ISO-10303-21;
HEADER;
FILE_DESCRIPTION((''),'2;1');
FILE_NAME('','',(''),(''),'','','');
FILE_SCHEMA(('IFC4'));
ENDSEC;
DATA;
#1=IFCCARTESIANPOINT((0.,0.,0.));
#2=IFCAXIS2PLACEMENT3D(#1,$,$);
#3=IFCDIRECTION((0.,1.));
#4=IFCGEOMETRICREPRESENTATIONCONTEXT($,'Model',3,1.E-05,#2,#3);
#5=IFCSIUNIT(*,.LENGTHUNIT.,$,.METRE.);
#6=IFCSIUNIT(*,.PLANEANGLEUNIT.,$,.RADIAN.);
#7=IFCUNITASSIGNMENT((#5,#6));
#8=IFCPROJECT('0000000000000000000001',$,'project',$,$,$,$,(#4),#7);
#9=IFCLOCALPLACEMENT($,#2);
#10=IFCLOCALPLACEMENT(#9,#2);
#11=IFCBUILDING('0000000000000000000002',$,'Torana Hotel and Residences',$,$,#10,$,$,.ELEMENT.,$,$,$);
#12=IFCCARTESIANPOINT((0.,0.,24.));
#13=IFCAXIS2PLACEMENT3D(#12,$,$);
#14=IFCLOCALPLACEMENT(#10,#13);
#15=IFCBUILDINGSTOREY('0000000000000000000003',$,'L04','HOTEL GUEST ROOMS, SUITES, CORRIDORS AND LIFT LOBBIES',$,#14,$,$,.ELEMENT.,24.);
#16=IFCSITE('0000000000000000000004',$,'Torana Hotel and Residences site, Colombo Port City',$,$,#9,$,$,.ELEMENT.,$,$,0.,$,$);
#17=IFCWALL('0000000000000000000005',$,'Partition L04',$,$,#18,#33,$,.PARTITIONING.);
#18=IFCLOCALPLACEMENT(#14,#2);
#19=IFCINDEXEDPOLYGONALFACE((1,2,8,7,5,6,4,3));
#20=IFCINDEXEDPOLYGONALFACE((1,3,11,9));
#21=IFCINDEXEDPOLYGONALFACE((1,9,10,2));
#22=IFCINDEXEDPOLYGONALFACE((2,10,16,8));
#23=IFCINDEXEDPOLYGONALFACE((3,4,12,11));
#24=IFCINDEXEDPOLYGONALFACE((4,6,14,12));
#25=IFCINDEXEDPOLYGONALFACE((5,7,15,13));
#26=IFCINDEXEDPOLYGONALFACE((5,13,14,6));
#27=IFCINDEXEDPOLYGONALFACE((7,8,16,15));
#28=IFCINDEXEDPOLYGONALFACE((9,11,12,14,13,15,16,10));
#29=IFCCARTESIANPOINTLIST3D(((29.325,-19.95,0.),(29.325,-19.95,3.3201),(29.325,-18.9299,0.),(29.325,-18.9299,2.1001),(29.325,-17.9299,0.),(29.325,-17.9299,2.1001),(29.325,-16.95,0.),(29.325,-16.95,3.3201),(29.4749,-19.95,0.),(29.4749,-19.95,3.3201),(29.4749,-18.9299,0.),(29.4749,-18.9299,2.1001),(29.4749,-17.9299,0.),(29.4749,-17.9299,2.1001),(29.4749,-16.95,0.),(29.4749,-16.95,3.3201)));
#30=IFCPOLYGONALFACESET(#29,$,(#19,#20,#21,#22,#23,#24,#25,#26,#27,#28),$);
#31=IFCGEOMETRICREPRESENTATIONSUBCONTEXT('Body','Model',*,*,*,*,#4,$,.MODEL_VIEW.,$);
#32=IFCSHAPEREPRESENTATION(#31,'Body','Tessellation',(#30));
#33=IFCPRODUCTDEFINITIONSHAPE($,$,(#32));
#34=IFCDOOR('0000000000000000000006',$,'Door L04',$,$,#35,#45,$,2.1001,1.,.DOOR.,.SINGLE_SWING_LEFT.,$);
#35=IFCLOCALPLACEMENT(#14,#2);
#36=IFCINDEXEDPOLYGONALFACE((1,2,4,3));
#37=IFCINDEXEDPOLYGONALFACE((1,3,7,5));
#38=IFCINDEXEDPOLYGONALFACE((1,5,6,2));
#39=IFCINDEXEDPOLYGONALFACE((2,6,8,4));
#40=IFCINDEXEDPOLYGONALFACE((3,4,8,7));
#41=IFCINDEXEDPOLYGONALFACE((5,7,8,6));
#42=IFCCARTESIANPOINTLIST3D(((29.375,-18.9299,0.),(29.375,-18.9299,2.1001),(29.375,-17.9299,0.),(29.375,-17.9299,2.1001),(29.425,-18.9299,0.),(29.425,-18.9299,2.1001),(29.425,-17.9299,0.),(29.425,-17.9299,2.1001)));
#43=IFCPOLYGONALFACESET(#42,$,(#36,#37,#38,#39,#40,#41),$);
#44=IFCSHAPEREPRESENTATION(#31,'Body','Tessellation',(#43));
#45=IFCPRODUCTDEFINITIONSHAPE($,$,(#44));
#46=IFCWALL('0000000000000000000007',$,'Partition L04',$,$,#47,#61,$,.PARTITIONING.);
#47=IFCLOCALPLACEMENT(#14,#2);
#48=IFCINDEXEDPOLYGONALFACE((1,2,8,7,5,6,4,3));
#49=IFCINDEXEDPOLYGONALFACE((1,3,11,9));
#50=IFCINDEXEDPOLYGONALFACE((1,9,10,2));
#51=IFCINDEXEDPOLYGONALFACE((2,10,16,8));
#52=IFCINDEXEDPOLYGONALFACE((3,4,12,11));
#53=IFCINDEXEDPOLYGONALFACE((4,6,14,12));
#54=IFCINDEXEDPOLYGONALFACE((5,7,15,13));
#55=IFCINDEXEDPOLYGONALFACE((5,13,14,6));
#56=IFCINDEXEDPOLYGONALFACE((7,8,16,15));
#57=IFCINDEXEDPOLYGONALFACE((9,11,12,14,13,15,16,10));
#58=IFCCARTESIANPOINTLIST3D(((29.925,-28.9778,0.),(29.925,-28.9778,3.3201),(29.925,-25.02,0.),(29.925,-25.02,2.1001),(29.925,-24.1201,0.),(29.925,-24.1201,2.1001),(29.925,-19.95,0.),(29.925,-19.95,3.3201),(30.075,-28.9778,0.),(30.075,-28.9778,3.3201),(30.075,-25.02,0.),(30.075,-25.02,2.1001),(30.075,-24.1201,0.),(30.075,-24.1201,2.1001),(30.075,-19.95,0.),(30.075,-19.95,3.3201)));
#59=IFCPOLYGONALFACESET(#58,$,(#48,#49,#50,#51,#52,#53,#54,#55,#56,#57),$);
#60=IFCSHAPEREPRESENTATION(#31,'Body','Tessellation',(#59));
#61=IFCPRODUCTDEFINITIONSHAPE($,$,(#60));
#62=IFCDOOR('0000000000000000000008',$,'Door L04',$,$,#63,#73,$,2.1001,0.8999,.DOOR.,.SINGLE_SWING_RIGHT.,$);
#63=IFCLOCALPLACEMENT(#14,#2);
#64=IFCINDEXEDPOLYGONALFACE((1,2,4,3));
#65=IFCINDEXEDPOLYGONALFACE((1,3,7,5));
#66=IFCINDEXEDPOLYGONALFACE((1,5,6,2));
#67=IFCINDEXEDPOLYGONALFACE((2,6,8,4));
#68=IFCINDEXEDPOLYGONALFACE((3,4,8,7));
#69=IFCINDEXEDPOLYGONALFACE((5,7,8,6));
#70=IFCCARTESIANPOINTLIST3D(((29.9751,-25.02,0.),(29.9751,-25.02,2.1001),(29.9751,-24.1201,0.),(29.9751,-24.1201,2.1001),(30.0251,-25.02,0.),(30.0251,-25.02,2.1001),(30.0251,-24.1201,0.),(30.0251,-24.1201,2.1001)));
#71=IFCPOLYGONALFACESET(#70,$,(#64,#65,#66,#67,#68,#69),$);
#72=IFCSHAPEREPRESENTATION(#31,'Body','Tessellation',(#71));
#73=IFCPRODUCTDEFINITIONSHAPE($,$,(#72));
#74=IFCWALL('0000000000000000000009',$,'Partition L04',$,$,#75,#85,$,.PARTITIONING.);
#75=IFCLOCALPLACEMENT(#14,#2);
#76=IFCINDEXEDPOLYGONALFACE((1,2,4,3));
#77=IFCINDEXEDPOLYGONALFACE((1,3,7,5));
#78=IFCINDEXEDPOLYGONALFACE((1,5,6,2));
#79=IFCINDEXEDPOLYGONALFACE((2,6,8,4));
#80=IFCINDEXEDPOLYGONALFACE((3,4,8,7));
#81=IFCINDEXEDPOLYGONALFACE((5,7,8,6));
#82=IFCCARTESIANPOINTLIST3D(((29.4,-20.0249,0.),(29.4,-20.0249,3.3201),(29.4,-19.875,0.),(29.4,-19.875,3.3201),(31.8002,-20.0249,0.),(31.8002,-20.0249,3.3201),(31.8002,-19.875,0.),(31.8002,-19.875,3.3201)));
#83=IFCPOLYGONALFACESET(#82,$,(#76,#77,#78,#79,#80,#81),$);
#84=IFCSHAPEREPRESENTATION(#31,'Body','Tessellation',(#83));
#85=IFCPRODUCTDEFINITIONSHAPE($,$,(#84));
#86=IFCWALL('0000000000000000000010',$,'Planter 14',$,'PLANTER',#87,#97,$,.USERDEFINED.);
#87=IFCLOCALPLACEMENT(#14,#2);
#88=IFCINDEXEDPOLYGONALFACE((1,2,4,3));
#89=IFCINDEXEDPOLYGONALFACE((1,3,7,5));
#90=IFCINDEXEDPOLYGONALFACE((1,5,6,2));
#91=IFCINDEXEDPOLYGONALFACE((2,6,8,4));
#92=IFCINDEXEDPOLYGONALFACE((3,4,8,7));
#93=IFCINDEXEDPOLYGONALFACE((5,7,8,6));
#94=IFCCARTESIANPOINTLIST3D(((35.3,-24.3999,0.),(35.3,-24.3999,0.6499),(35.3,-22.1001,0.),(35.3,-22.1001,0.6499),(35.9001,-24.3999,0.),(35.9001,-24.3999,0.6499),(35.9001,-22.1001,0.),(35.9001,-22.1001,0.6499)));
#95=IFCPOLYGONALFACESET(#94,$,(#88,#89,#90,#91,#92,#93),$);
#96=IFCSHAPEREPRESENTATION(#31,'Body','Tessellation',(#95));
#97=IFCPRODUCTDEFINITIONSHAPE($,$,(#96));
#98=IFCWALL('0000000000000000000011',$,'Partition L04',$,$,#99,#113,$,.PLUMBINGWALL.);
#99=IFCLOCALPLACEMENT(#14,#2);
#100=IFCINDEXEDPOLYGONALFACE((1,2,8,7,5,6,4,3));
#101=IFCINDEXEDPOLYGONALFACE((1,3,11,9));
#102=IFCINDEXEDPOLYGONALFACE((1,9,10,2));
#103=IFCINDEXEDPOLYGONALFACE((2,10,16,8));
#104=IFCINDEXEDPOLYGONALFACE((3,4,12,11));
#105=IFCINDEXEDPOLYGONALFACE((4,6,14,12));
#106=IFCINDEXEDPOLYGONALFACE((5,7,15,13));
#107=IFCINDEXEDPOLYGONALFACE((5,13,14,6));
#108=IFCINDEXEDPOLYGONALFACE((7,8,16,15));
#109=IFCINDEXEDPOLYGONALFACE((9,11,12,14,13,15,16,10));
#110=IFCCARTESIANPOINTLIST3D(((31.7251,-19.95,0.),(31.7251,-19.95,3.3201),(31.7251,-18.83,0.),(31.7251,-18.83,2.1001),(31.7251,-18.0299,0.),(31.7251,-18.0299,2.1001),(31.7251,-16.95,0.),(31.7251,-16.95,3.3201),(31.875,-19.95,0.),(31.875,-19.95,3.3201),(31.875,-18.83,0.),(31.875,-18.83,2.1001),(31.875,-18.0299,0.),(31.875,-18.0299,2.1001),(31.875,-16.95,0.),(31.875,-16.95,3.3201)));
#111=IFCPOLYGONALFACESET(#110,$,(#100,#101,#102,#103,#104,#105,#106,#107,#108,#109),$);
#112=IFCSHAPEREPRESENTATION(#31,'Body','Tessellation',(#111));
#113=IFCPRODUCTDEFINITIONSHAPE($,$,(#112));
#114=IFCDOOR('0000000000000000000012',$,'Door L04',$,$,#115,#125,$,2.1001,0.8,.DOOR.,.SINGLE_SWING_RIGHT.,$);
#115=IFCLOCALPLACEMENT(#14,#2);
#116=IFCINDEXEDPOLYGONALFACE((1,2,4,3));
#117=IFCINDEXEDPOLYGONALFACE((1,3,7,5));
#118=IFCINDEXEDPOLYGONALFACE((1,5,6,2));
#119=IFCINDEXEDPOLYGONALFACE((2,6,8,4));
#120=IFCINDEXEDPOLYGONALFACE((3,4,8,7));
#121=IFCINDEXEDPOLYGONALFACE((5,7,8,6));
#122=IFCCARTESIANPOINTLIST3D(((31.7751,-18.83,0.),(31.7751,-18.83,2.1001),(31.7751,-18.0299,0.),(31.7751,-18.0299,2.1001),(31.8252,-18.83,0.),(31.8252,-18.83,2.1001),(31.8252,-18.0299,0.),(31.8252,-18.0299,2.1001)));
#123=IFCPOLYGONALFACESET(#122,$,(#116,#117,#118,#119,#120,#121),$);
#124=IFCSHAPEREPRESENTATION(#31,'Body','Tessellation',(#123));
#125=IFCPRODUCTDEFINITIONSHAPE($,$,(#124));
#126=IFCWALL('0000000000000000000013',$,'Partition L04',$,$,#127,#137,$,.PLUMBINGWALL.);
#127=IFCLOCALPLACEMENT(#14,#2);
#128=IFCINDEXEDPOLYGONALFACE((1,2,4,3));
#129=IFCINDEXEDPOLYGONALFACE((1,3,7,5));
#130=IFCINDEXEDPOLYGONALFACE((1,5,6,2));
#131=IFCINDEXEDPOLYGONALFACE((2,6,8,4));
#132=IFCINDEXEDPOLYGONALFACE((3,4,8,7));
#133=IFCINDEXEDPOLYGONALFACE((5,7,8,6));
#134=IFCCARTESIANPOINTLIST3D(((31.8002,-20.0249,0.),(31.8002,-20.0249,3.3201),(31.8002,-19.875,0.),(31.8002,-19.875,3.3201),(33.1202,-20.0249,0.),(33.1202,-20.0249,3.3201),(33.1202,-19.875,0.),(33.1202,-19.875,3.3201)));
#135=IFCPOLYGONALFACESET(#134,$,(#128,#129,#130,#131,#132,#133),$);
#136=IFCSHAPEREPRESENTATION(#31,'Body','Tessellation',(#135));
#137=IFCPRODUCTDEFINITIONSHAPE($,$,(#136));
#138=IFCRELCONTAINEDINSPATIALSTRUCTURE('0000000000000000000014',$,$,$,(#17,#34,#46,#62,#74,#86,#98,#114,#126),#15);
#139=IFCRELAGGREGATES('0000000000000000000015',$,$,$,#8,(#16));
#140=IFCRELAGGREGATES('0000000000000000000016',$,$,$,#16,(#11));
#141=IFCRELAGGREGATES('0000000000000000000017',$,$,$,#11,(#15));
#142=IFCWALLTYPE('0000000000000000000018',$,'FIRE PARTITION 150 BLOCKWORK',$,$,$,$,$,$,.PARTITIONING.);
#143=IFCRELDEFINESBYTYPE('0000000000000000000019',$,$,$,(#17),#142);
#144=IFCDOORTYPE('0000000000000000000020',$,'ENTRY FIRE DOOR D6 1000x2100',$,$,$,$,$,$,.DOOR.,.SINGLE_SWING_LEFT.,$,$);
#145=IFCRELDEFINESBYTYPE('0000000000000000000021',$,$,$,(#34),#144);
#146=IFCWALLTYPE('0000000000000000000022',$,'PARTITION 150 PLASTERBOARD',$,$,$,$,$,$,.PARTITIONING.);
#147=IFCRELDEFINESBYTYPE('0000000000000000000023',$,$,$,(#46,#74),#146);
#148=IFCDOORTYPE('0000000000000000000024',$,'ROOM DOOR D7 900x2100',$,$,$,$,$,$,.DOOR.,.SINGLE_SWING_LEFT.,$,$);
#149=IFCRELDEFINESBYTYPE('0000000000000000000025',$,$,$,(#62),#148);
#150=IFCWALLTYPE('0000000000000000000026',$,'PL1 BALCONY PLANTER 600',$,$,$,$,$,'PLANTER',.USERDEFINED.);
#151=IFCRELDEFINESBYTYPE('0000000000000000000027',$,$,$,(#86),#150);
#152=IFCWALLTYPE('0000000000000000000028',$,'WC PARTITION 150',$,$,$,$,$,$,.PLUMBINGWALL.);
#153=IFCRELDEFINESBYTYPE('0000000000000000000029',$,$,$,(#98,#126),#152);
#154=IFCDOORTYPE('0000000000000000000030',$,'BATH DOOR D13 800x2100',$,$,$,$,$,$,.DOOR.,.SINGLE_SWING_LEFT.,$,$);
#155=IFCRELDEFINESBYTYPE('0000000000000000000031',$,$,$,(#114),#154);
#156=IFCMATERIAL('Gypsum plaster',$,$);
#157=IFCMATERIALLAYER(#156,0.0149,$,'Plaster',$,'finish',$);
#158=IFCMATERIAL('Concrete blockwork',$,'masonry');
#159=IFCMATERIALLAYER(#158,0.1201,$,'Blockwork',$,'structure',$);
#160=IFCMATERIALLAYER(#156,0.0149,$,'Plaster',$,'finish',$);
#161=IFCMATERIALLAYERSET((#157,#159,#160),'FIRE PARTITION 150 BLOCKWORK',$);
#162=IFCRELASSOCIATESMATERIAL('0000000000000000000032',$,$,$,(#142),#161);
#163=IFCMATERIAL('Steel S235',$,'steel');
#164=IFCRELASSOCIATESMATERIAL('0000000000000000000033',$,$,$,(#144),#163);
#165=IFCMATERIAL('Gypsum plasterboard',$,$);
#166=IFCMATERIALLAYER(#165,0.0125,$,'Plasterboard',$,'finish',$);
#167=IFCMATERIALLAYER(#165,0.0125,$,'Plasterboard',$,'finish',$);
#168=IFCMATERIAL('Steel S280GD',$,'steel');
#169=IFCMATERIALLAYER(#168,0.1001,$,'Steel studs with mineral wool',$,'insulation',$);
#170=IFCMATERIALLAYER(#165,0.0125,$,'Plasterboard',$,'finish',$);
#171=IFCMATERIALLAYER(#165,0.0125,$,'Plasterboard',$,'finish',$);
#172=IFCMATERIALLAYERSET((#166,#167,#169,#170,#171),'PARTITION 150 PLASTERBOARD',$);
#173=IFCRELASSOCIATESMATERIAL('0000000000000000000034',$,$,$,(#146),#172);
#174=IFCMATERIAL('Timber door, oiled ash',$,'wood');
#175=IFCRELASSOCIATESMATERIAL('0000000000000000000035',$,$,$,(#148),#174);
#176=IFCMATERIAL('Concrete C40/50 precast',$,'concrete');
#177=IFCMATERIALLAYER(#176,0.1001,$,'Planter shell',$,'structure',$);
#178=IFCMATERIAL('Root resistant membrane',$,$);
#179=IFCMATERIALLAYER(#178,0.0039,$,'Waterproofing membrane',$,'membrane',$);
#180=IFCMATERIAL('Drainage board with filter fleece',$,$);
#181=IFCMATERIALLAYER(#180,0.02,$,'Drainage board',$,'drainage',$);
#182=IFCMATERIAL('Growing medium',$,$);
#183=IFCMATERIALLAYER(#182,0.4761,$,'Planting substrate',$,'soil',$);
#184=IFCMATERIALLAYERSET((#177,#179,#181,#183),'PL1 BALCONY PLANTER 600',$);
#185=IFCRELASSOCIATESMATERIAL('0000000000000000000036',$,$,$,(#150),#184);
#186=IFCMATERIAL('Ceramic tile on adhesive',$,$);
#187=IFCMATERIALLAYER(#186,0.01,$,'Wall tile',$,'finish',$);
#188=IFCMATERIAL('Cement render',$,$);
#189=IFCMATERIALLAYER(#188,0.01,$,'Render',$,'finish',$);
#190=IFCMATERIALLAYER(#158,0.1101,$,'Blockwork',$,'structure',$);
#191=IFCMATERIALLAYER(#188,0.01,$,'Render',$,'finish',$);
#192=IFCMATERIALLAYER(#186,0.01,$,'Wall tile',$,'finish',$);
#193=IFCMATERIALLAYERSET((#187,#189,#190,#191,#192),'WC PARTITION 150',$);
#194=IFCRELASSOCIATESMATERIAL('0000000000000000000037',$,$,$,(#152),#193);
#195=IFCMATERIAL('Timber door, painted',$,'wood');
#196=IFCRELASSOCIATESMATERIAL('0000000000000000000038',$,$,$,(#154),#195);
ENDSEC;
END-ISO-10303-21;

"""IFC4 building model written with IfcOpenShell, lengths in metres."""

from ifc_helpers import new_model, si_unit, direction, frame, frame_2d, origin, place, context, subcontext, project, spatial, rectangle, extrude, material, layer, layer_set, type_object, element, fill, save


model = new_model("IFC4")

# Units and contexts
model_context = context("Model", 3, precision=1e-05, world=origin(), true_north=direction((0.0, 1.0)))
body_context = subcontext(model_context, "Body", "Model", "MODEL_VIEW")
ifc_project = project(units=[si_unit("LENGTHUNIT", "METRE"), si_unit("PLANEANGLEUNIT", "RADIAN")], contexts=[model_context])

# Site, building, storey
site_placement = place(None, origin())
site = spatial("IfcSite", under=ifc_project, at=site_placement, Name="Torana Hotel and Residences site, Colombo Port City", CompositionType="ELEMENT", RefElevation=0.0)
building_placement = place(site_placement, origin())
building = spatial("IfcBuilding", under=site, at=building_placement, Name="Torana Hotel and Residences", CompositionType="ELEMENT")
storey_placement = place(building_placement, frame((0.0, 0.0, 24.0)))
storey = spatial("IfcBuildingStorey", under=building, at=storey_placement, Name="L04", Description="HOTEL GUEST ROOMS, SUITES, CORRIDORS AND LIFT LOBBIES", CompositionType="ELEMENT", Elevation=24.0)

# Shared definitions
ifc_material_1 = material(Name="Steel S280GD", Category="steel")

# Walls, openings, doors
ifc_material_2 = material(Name="Gypsum plaster")
ifc_layer_1 = layer(ifc_material_2, 0.0149, Name="Plaster", Category="finish")
ifc_material_3 = material(Name="Concrete blockwork", Category="masonry")
ifc_layer_2 = layer(ifc_material_3, 0.1201, Name="Blockwork", Category="structure")
ifc_layer_3 = layer(ifc_material_2, 0.0149, Name="Plaster", Category="finish")
ifc_layer_set_1 = layer_set([ifc_layer_1, ifc_layer_2, ifc_layer_3], Name="FIRE PARTITION 150 BLOCKWORK")
wall_type_1 = type_object("IfcWallType", Name="FIRE PARTITION 150 BLOCKWORK", PredefinedType="PARTITIONING", material=ifc_layer_set_1)
wall_1_placement = place(storey_placement, frame((29.3999, -19.95, 0.0), z_axis=(0.0, 0.0, 1.0), x_axis=(0.0, 1.0, 0.0)))
wall_1 = element("IfcWall", 1, at=wall_1_placement, inside=storey, type_object=wall_type_1, Name="Partition L04", PredefinedType="PARTITIONING", context=body_context, shape_type="SweptSolid", body=[
    extrude(rectangle(XDim=3.0, YDim=0.1499, at=frame_2d((1.5, 0.0))), origin(), (0.0, 0.0, 1.0), 3.3201),
])
opening_1_placement = place(wall_1_placement, frame((1.02, 0.0, 0.0)))
opening_1 = element("IfcOpeningElement", 2, at=opening_1_placement, cuts=wall_1, PredefinedType="OPENING", context=body_context, shape_type="SweptSolid", body=[
    extrude(rectangle(XDim=1.0, YDim=2.1001, at=frame_2d((0.5, 1.05))), frame((0.0, 0.085, 0.0), z_axis=(0.0, -1.0, 0.0), x_axis=(1.0, 0.0, 0.0)), (0.0, 0.0, 1.0), 0.1699),
])
ifc_material_4 = material(Name="Steel S235", Category="steel")
door_type_1 = type_object("IfcDoorType", Name="ENTRY FIRE DOOR D6 1000x2100", OperationType="SINGLE_SWING_LEFT", PredefinedType="DOOR", material=ifc_material_4)
door_1_placement = place(opening_1_placement, frame((0.5, 0.0, 0.0), z_axis=(0.0, 0.0, 1.0), x_axis=(-1.0, 0.0, 0.0)))
door_1 = element("IfcDoor", 3, at=door_1_placement, inside=storey, type_object=door_type_1, Name="Door L04", OperationType="SINGLE_SWING_LEFT", OverallHeight=2.1001, OverallWidth=1.0, PredefinedType="DOOR", context=body_context, shape_type="SweptSolid", body=[
    extrude(rectangle(XDim=1.0, YDim=2.1001, at=frame_2d((0.0, 1.05))), frame((0.0, -0.0249, 0.0), z_axis=(0.0, 1.0, 0.0), x_axis=(-1.0, 0.0, 0.0)), (0.0, 0.0, 1.0), 0.05),
])
fill(opening_1, door_1)
ifc_material_5 = material(Name="Gypsum plasterboard")
ifc_layer_4 = layer(ifc_material_5, 0.0125, Name="Plasterboard", Category="finish")
ifc_layer_5 = layer(ifc_material_5, 0.0125, Name="Plasterboard", Category="finish")
ifc_layer_6 = layer(ifc_material_1, 0.1001, Name="Steel studs with mineral wool", Category="insulation")
ifc_layer_7 = layer(ifc_material_5, 0.0125, Name="Plasterboard", Category="finish")
ifc_layer_8 = layer(ifc_material_5, 0.0125, Name="Plasterboard", Category="finish")
ifc_layer_set_2 = layer_set([ifc_layer_4, ifc_layer_5, ifc_layer_6, ifc_layer_7, ifc_layer_8], Name="PARTITION 150 PLASTERBOARD")
wall_type_2 = type_object("IfcWallType", Name="PARTITION 150 PLASTERBOARD", PredefinedType="PARTITIONING", material=ifc_layer_set_2)
wall_2_placement = place(storey_placement, frame((30.0, -28.9778, 0.0), z_axis=(0.0, 0.0, 1.0), x_axis=(0.0, 1.0, 0.0)))
wall_2 = element("IfcWall", 4, at=wall_2_placement, inside=storey, type_object=wall_type_2, Name="Partition L04", PredefinedType="PARTITIONING", context=body_context, shape_type="SweptSolid", body=[
    extrude(rectangle(XDim=9.0278, YDim=0.1499, at=frame_2d((4.5139, 0.0))), origin(), (0.0, 0.0, 1.0), 3.3201),
])
opening_2_placement = place(wall_2_placement, frame((3.9578, 0.0, 0.0)))
opening_2 = element("IfcOpeningElement", 5, at=opening_2_placement, cuts=wall_2, PredefinedType="OPENING", context=body_context, shape_type="SweptSolid", body=[
    extrude(rectangle(XDim=0.8999, YDim=2.1001, at=frame_2d((0.45, 1.05))), frame((0.0, 0.085, 0.0), z_axis=(0.0, -1.0, 0.0), x_axis=(1.0, 0.0, 0.0)), (0.0, 0.0, 1.0), 0.1699),
])
ifc_material_6 = material(Name="Timber door, oiled ash", Category="wood")
door_type_2 = type_object("IfcDoorType", Name="ROOM DOOR D7 900x2100", OperationType="SINGLE_SWING_LEFT", PredefinedType="DOOR", material=ifc_material_6)
door_2_placement = place(opening_2_placement, origin())
door_2 = element("IfcDoor", 6, at=door_2_placement, inside=storey, type_object=door_type_2, Name="Door L04", OperationType="SINGLE_SWING_RIGHT", OverallHeight=2.1001, OverallWidth=0.8999, PredefinedType="DOOR", context=body_context, shape_type="SweptSolid", body=[
    extrude(rectangle(XDim=0.8999, YDim=2.1001, at=frame_2d((0.45, 1.05))), frame((0.0, 0.0249, 0.0), z_axis=(0.0, -1.0, 0.0), x_axis=(1.0, 0.0, 0.0)), (0.0, 0.0, 1.0), 0.05),
])
fill(opening_2, door_2)

# Walls
wall_3_placement = place(storey_placement, frame((29.3999, -19.95, 0.0), z_axis=(0.0, 0.0, 1.0), x_axis=(1.0, 0.0, 0.0)))
element("IfcWall", 7, at=wall_3_placement, inside=storey, type_object=wall_type_2, Name="Partition L04", PredefinedType="PARTITIONING", context=body_context, shape_type="SweptSolid", body=[
    extrude(rectangle(XDim=2.4001, YDim=0.1499, at=frame_2d((1.2002, 0.0))), origin(), (0.0, 0.0, 1.0), 3.3201),
])
ifc_material_7 = material(Name="Concrete C40/50 precast", Category="concrete")
ifc_layer_9 = layer(ifc_material_7, 0.1001, Name="Planter shell", Category="structure")
ifc_material_8 = material(Name="Root resistant membrane")
ifc_layer_10 = layer(ifc_material_8, 0.0039, Name="Waterproofing membrane", Category="membrane")
ifc_material_9 = material(Name="Drainage board with filter fleece")
ifc_layer_11 = layer(ifc_material_9, 0.02, Name="Drainage board", Category="drainage")
ifc_material_10 = material(Name="Growing medium")
ifc_layer_12 = layer(ifc_material_10, 0.4761, Name="Planting substrate", Category="soil")
ifc_layer_set_3 = layer_set([ifc_layer_9, ifc_layer_10, ifc_layer_11, ifc_layer_12], Name="PL1 BALCONY PLANTER 600")
wall_type_3 = type_object("IfcWallType", Name="PL1 BALCONY PLANTER 600", ElementType="PLANTER", PredefinedType="USERDEFINED", material=ifc_layer_set_3)
wall_4_placement = place(storey_placement, frame((35.6001, -22.1001, 0.0), z_axis=(0.0, 0.0, 1.0), x_axis=(0.0, -1.0, 0.0)))
element("IfcWall", 8, at=wall_4_placement, inside=storey, type_object=wall_type_3, Name="Planter 14", ObjectType="PLANTER", PredefinedType="USERDEFINED", context=body_context, shape_type="SweptSolid", body=[
    extrude(rectangle(XDim=2.2998, YDim=0.6001, at=frame_2d((1.1499, 0.0))), origin(), (0.0, 0.0, 1.0), 0.6499),
])

# Wall, opening, door
ifc_material_11 = material(Name="Ceramic tile on adhesive")
ifc_layer_13 = layer(ifc_material_11, 0.01, Name="Wall tile", Category="finish")
ifc_material_12 = material(Name="Cement render")
ifc_layer_14 = layer(ifc_material_12, 0.01, Name="Render", Category="finish")
ifc_layer_15 = layer(ifc_material_3, 0.1101, Name="Blockwork", Category="structure")
ifc_layer_16 = layer(ifc_material_12, 0.01, Name="Render", Category="finish")
ifc_layer_17 = layer(ifc_material_11, 0.01, Name="Wall tile", Category="finish")
ifc_layer_set_4 = layer_set([ifc_layer_13, ifc_layer_14, ifc_layer_15, ifc_layer_16, ifc_layer_17], Name="WC PARTITION 150")
wall_type_4 = type_object("IfcWallType", Name="WC PARTITION 150", PredefinedType="PLUMBINGWALL", material=ifc_layer_set_4)
wall_5_placement = place(storey_placement, frame((31.8, -19.95, 0.0), z_axis=(0.0, 0.0, 1.0), x_axis=(0.0, 1.0, 0.0)))
wall_5 = element("IfcWall", 9, at=wall_5_placement, inside=storey, type_object=wall_type_4, Name="Partition L04", PredefinedType="PLUMBINGWALL", context=body_context, shape_type="SweptSolid", body=[
    extrude(rectangle(XDim=3.0, YDim=0.1499, at=frame_2d((1.5, 0.0))), origin(), (0.0, 0.0, 1.0), 3.3201),
])
opening_3_placement = place(wall_5_placement, frame((1.1201, 0.0, 0.0)))
opening_3 = element("IfcOpeningElement", 10, at=opening_3_placement, cuts=wall_5, PredefinedType="OPENING", context=body_context, shape_type="SweptSolid", body=[
    extrude(rectangle(XDim=0.8, YDim=2.1001, at=frame_2d((0.3999, 1.05))), frame((0.0, 0.085, 0.0), z_axis=(0.0, -1.0, 0.0), x_axis=(1.0, 0.0, 0.0)), (0.0, 0.0, 1.0), 0.1699),
])
ifc_material_13 = material(Name="Timber door, painted", Category="wood")
door_type_3 = type_object("IfcDoorType", Name="BATH DOOR D13 800x2100", OperationType="SINGLE_SWING_LEFT", PredefinedType="DOOR", material=ifc_material_13)
door_3_placement = place(opening_3_placement, origin())
door_3 = element("IfcDoor", 11, at=door_3_placement, inside=storey, type_object=door_type_3, Name="Door L04", OperationType="SINGLE_SWING_RIGHT", OverallHeight=2.1001, OverallWidth=0.8, PredefinedType="DOOR", context=body_context, shape_type="SweptSolid", body=[
    extrude(rectangle(XDim=0.8, YDim=2.1001, at=frame_2d((0.3999, 1.05))), frame((0.0, 0.0249, 0.0), z_axis=(0.0, -1.0, 0.0), x_axis=(1.0, 0.0, 0.0)), (0.0, 0.0, 1.0), 0.05),
])
fill(opening_3, door_3)

# Wall
wall_6_placement = place(storey_placement, frame((31.8, -19.95, 0.0), z_axis=(0.0, 0.0, 1.0), x_axis=(1.0, 0.0, 0.0)))
element("IfcWall", 12, at=wall_6_placement, inside=storey, type_object=wall_type_4, Name="Partition L04", PredefinedType="PLUMBINGWALL", context=body_context, shape_type="SweptSolid", body=[
    extrude(rectangle(XDim=1.3201, YDim=0.1499, at=frame_2d((0.6602, 0.0))), origin(), (0.0, 0.0, 1.0), 3.3201),
])

save(model, "model.ifc")
